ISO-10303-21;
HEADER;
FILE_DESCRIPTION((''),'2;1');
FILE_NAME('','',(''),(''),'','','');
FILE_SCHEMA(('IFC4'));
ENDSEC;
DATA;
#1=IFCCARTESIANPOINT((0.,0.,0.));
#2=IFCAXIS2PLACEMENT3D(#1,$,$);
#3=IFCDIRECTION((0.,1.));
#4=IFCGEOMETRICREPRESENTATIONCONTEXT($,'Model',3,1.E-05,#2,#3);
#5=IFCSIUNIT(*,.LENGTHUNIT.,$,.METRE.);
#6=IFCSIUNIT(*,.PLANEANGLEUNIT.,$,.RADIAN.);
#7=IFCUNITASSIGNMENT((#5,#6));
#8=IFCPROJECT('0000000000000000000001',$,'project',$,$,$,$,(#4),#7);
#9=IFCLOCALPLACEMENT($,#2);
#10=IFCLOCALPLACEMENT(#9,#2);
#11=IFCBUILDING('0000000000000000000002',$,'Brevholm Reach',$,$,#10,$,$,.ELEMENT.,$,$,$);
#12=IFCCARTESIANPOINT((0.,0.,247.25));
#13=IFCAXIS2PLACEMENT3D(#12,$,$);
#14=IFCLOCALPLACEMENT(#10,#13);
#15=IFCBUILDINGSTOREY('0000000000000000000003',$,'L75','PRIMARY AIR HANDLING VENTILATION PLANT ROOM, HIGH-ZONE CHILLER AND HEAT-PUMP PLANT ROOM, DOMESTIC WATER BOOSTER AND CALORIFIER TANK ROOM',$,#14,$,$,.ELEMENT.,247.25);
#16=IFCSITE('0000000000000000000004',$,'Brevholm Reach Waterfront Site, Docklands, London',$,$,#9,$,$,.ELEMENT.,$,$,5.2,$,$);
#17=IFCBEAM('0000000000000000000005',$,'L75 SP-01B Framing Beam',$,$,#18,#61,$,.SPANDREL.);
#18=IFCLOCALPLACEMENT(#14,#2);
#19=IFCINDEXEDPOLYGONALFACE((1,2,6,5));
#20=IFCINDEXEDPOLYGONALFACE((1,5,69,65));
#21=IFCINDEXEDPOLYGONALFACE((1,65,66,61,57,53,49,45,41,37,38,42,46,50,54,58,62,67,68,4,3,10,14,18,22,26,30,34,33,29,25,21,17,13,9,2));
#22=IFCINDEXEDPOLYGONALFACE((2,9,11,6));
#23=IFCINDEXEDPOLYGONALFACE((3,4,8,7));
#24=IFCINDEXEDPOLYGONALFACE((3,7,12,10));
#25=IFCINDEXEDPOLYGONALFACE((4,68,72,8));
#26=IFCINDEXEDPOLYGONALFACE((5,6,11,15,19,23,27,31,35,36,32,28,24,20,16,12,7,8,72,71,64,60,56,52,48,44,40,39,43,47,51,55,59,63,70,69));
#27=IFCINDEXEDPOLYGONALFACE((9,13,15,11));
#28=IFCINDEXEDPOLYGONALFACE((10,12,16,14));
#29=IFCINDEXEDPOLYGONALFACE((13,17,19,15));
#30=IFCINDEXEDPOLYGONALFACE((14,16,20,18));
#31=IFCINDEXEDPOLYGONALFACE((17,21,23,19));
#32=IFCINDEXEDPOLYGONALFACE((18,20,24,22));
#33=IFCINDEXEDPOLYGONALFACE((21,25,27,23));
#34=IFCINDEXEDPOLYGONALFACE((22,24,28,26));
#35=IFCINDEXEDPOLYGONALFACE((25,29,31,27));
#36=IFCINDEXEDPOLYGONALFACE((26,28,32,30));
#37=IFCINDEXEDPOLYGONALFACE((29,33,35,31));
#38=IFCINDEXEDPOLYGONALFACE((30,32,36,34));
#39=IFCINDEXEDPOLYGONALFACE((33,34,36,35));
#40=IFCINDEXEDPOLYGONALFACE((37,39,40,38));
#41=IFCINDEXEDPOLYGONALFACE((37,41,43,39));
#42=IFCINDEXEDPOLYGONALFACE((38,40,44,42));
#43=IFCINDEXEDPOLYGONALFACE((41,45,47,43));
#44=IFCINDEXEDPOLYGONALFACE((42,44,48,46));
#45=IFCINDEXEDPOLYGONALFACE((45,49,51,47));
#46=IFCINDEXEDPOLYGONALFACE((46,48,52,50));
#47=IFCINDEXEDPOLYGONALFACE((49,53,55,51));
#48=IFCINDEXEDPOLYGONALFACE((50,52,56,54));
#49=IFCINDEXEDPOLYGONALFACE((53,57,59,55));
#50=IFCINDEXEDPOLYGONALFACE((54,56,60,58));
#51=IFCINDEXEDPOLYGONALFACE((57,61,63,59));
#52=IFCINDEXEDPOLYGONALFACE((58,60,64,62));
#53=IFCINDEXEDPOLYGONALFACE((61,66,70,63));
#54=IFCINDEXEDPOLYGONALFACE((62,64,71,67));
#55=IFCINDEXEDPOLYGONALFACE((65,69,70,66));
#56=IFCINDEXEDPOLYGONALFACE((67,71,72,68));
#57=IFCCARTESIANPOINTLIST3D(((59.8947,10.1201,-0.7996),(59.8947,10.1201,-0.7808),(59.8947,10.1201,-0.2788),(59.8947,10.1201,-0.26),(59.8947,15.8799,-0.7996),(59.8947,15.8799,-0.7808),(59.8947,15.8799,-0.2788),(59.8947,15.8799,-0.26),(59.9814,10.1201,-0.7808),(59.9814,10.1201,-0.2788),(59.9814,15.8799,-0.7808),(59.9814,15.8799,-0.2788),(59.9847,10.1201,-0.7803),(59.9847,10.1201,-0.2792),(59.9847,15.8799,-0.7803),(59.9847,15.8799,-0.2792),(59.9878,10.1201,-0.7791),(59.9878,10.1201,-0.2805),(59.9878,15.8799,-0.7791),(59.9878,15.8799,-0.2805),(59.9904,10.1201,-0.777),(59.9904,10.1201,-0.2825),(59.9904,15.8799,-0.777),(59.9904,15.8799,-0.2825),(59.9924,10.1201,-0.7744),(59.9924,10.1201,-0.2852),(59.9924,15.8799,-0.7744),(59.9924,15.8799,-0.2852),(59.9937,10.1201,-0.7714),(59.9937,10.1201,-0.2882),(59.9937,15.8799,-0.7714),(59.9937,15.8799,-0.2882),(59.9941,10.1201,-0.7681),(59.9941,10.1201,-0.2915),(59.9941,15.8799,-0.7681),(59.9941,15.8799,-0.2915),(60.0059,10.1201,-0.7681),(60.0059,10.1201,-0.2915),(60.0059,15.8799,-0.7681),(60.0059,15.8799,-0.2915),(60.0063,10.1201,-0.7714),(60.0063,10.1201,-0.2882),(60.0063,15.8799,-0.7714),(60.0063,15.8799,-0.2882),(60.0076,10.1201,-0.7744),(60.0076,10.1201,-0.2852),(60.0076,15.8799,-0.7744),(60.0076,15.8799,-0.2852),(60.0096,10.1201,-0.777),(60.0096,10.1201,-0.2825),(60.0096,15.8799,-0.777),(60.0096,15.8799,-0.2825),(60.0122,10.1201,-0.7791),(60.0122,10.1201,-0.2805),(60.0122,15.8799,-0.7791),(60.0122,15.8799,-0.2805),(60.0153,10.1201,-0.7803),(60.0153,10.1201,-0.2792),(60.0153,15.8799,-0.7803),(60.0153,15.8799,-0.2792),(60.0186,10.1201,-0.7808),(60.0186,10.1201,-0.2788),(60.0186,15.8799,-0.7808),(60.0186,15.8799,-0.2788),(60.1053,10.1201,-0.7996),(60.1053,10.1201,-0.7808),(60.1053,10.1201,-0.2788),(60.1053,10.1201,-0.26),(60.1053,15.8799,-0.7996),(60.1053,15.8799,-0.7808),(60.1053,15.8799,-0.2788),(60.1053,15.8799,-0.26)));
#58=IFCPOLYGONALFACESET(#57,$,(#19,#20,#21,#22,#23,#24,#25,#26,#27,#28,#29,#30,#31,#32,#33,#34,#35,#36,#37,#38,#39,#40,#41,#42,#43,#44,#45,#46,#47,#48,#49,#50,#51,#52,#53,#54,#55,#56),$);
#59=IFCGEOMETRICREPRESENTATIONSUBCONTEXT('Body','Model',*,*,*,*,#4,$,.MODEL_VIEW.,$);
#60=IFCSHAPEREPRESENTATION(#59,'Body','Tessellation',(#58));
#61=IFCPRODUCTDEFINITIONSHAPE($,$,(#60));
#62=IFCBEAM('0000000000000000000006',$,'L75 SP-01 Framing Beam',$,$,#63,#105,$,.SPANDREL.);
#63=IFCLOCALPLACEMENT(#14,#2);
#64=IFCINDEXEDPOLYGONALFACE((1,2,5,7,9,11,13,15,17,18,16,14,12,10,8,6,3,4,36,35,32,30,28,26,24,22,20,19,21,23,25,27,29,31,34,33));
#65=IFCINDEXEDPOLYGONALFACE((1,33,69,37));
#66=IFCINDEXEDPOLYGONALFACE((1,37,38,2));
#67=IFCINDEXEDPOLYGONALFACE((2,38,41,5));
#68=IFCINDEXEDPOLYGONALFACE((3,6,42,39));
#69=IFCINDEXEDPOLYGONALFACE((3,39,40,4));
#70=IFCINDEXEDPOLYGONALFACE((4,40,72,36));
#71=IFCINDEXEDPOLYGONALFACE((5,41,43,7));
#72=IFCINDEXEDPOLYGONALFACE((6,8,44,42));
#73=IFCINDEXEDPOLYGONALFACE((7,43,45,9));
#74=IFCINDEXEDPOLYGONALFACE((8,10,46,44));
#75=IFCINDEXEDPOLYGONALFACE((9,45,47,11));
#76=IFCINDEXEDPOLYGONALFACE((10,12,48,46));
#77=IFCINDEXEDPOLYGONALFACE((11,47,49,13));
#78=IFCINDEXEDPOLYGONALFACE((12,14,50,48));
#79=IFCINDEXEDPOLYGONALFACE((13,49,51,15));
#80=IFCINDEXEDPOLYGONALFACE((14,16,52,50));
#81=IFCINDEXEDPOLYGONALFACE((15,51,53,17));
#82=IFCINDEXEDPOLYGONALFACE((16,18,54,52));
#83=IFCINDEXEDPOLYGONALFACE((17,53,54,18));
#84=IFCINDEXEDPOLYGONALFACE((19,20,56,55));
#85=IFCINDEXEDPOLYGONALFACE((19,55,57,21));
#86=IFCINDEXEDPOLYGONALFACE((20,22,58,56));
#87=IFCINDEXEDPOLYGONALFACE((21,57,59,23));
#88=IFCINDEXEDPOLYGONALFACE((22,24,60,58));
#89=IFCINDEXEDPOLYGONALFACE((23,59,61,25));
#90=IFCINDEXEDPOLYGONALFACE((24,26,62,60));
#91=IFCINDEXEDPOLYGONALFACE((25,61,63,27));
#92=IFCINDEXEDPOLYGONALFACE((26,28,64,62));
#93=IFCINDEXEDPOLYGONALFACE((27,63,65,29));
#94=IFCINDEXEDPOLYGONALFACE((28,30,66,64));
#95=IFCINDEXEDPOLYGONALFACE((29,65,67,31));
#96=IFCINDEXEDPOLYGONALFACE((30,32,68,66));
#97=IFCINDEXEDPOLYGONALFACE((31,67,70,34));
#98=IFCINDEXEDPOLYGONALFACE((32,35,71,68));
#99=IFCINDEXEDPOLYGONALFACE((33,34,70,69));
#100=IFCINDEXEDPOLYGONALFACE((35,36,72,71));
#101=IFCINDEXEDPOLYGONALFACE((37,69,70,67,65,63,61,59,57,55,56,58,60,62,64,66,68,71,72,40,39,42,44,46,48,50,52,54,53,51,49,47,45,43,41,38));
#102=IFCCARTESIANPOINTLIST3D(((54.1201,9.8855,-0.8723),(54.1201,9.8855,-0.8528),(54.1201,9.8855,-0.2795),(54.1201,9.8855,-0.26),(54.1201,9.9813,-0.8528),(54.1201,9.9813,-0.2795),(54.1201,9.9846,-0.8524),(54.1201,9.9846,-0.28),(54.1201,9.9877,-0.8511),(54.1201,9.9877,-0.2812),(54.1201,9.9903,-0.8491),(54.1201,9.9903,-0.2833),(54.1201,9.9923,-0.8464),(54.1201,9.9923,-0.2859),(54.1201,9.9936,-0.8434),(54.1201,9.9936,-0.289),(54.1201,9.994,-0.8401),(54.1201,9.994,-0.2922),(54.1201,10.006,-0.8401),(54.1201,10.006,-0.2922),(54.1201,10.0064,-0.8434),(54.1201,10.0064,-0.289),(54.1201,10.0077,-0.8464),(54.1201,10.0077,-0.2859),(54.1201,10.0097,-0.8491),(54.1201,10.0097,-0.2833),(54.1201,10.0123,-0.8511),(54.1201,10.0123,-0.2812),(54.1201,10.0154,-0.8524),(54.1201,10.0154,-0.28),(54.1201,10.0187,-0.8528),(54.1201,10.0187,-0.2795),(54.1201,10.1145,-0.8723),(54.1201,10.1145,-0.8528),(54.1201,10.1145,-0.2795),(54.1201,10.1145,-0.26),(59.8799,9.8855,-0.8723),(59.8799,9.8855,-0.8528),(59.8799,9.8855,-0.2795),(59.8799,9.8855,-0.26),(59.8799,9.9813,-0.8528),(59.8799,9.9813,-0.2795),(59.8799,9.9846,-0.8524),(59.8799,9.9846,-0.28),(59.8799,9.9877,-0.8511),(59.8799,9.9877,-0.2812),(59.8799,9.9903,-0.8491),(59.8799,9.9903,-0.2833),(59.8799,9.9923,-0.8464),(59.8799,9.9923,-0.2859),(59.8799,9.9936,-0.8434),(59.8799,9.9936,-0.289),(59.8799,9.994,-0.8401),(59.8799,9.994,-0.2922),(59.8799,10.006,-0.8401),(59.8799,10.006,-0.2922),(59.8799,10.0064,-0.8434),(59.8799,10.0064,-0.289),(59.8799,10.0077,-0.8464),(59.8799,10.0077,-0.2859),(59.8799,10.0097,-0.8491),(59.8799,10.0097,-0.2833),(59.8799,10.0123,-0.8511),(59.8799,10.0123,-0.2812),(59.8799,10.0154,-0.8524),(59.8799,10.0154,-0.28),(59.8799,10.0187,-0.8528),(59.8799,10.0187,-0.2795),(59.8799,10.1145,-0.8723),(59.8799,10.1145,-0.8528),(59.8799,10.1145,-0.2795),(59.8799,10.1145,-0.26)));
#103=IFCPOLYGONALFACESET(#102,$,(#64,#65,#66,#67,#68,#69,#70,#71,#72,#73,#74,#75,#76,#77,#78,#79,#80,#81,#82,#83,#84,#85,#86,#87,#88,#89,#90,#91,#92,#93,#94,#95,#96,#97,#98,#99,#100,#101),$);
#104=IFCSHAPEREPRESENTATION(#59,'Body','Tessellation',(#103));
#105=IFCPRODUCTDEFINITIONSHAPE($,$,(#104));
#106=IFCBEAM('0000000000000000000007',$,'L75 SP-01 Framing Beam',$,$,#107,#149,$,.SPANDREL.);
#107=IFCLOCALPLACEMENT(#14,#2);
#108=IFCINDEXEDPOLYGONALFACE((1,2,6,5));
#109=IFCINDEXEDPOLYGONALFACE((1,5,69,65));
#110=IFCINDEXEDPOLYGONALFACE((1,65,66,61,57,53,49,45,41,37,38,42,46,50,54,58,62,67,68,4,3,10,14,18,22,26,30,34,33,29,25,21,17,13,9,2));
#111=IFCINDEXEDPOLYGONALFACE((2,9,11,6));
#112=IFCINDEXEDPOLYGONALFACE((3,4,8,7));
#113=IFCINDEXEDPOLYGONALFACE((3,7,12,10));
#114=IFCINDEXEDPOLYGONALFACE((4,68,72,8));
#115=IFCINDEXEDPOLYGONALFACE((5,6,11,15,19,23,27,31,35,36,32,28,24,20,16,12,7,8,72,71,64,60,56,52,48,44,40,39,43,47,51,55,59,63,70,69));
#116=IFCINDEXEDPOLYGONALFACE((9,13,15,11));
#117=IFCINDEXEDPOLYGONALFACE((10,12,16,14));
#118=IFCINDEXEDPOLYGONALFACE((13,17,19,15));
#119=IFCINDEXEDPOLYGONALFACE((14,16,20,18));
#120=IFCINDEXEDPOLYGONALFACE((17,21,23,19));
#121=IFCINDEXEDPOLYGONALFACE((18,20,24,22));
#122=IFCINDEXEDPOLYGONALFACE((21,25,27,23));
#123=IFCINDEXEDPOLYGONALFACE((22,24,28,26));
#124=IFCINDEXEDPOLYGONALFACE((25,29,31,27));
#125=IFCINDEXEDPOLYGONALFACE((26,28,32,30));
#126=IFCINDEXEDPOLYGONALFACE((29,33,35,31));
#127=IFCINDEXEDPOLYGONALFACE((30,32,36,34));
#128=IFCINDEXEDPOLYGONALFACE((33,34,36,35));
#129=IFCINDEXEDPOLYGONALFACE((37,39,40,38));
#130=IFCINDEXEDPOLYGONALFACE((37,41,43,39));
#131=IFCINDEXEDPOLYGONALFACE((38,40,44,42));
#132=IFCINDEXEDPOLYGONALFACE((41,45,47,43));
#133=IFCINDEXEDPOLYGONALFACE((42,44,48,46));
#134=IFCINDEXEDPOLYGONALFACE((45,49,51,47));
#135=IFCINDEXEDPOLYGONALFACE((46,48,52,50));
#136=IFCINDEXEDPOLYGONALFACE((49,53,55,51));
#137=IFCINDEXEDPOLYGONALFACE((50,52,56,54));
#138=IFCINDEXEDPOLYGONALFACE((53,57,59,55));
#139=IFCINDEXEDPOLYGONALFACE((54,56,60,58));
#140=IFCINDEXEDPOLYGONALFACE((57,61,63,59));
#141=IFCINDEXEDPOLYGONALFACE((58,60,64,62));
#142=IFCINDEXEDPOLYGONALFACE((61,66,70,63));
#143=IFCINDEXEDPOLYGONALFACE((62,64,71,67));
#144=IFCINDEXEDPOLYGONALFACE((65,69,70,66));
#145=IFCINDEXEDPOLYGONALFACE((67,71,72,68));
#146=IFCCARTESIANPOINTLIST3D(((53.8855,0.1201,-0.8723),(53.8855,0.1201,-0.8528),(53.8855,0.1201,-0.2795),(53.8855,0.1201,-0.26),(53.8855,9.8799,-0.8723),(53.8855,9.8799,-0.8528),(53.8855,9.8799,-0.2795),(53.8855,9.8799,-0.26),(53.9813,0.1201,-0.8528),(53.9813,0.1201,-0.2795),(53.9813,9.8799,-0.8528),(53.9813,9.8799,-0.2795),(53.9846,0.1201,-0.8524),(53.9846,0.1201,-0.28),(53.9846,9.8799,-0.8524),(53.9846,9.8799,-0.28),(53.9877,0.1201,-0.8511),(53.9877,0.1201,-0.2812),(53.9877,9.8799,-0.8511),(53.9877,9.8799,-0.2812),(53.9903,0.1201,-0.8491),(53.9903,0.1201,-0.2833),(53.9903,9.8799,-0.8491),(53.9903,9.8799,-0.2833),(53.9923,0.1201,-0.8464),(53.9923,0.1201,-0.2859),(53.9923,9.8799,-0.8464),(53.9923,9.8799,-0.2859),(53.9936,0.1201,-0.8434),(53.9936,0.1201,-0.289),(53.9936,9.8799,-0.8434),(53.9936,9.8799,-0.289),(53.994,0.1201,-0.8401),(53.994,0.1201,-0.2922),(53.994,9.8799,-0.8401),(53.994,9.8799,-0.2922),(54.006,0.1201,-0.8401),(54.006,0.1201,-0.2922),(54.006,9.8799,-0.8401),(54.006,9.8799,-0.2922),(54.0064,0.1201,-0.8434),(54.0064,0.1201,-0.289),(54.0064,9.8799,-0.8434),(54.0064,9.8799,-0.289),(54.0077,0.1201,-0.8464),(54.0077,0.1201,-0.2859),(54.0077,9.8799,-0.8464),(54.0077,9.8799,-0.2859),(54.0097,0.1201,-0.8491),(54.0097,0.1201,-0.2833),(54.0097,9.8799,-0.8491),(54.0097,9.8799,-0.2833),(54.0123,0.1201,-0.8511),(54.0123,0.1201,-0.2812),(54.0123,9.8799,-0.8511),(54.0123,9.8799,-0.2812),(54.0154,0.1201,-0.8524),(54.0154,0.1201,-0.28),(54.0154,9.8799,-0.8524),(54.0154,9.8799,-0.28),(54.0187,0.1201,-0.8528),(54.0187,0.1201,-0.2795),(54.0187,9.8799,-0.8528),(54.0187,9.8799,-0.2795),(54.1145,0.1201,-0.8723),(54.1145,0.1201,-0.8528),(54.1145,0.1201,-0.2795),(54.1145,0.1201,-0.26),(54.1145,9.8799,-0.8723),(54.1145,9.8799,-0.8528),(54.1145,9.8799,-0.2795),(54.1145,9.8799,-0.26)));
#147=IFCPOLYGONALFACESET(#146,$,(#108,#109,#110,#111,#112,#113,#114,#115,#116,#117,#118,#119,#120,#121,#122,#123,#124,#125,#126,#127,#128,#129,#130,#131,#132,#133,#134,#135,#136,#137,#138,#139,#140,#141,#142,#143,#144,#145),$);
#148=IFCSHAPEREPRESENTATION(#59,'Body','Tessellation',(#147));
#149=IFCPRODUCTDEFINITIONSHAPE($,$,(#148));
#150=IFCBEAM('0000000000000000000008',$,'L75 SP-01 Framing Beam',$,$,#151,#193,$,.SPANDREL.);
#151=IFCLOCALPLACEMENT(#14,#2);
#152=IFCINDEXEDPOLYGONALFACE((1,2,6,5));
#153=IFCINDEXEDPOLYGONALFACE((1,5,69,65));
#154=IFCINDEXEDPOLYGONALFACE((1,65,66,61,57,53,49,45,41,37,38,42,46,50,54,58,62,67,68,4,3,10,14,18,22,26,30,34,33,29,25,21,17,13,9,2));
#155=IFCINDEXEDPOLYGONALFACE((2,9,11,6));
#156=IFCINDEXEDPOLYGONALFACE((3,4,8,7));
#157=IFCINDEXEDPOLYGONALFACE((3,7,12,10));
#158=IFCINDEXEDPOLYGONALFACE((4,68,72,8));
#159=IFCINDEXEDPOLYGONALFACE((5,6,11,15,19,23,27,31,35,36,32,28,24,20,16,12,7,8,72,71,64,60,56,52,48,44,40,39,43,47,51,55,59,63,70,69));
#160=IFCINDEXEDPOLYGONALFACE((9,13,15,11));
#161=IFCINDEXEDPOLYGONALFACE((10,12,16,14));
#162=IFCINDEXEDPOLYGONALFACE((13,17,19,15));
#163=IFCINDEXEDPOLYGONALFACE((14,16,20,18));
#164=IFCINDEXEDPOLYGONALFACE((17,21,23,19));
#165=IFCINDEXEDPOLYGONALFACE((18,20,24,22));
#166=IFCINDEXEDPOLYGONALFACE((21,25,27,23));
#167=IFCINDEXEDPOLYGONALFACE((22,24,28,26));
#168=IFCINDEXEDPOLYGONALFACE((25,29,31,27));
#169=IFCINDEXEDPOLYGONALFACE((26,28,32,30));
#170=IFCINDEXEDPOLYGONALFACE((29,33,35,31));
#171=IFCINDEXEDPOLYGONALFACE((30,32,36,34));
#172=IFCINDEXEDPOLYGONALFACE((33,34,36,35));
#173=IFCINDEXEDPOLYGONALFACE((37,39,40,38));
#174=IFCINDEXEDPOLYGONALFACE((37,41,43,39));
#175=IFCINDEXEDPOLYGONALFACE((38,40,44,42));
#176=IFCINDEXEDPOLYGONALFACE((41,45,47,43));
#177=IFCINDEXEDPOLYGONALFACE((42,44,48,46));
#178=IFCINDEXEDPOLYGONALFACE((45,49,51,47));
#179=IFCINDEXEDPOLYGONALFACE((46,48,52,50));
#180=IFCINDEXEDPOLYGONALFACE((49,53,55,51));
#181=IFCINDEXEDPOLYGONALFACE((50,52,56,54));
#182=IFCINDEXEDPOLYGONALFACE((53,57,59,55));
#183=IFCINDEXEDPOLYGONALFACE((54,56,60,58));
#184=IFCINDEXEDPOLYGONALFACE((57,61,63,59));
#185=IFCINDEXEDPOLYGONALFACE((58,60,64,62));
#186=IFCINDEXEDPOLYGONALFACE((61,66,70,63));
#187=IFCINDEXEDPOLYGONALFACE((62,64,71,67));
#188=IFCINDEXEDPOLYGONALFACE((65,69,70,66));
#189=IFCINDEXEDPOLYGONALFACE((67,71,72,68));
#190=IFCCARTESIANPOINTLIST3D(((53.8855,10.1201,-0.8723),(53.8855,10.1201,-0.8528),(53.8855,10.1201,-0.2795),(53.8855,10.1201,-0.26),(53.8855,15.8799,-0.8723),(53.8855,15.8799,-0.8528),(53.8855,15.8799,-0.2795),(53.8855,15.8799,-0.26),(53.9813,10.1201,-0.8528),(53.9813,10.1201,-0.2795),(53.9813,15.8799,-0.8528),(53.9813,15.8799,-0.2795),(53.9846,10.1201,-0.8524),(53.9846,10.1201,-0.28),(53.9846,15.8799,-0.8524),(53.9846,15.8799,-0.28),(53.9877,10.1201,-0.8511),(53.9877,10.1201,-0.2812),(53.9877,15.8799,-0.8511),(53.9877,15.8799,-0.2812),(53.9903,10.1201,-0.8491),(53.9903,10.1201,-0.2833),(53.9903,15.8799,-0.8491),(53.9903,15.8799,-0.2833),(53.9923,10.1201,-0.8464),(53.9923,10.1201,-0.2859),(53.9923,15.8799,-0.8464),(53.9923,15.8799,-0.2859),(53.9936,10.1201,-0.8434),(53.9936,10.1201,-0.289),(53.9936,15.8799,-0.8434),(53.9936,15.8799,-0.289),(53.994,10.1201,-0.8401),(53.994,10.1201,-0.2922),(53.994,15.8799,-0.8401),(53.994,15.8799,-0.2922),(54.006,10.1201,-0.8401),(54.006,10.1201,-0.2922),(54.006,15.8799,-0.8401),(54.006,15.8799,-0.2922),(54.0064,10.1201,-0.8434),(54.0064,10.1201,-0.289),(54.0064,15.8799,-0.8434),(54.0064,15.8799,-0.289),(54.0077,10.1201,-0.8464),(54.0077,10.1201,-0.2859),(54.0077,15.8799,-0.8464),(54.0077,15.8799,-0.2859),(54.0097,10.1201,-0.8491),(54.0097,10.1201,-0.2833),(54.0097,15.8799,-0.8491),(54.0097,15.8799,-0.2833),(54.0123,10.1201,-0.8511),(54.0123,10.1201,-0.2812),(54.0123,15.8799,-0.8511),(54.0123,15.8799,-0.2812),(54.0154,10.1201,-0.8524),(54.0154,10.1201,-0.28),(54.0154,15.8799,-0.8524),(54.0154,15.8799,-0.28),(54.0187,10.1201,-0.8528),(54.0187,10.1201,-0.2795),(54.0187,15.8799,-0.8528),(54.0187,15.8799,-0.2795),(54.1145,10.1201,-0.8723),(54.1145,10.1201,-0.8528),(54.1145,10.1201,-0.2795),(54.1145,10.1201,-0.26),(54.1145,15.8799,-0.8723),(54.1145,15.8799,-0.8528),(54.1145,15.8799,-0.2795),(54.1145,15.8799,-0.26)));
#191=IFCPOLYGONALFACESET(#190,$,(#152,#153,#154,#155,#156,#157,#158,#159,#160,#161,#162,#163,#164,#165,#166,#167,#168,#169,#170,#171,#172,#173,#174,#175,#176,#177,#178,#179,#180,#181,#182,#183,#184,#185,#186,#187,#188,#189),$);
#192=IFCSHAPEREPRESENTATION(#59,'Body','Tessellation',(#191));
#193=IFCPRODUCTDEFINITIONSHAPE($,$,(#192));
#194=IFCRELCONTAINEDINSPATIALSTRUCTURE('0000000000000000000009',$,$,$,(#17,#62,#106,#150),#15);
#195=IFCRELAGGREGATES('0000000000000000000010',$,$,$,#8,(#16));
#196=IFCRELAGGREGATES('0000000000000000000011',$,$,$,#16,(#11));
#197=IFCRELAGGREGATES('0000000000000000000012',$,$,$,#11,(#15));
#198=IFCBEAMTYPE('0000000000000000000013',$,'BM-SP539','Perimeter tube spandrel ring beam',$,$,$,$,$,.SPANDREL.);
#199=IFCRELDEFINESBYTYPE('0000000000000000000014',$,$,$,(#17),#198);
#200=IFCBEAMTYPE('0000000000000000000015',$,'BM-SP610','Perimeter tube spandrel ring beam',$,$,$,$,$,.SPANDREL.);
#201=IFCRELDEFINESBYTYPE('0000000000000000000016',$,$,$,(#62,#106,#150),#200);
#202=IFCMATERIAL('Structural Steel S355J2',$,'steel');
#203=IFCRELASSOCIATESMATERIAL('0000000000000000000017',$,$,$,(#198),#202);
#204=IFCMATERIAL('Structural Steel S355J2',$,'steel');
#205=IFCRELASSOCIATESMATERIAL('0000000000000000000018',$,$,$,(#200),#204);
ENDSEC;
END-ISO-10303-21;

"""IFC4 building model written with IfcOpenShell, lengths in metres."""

from ifc_helpers import new_model, si_unit, direction, frame, origin, origin_2d, place, context, subcontext, project, spatial, i_section, extrude, material, material_profile, profile_set, type_object, element, save


model = new_model("IFC4")

# Units and contexts
model_context = context("Model", 3, precision=1e-05, world=origin(), true_north=direction((0.0, 1.0)))
body_context = subcontext(model_context, "Body", "Model", "MODEL_VIEW")
ifc_project = project(units=[si_unit("LENGTHUNIT", "METRE"), si_unit("PLANEANGLEUNIT", "RADIAN")], contexts=[model_context])

# Site, building, storey
site_placement = place(None, origin())
site = spatial("IfcSite", under=ifc_project, at=site_placement, Name="Brevholm Reach Waterfront Site, Docklands, London", CompositionType="ELEMENT", RefElevation=5.2)
building_placement = place(site_placement, origin())
building = spatial("IfcBuilding", under=site, at=building_placement, Name="Brevholm Reach", CompositionType="ELEMENT")
storey_placement = place(building_placement, frame((0.0, 0.0, 247.25)))
storey = spatial("IfcBuildingStorey", under=building, at=storey_placement, Name="L75", Description="PRIMARY AIR HANDLING VENTILATION PLANT ROOM, HIGH-ZONE CHILLER AND HEAT-PUMP PLANT ROOM, DOMESTIC WATER BOOSTER AND CALORIFIER TANK ROOM", CompositionType="ELEMENT", Elevation=247.25)

# Beams
ifc_material_1 = material(Name="Structural Steel S355J2", Category="steel")
ifc_material_profile_1 = material_profile(ifc_material_1, i_section(OverallWidth=0.2107, OverallDepth=0.5396, WebThickness=0.0117, FlangeThickness=0.0188, FilletRadius=0.0127, at=origin_2d()), Name="UKB 533x210x109")
ifc_profile_set_1 = profile_set([ifc_material_profile_1], Name="Structural Steel S355J2")
beam_type_1 = type_object("IfcBeamType", Name="BM-SP539", Description="Perimeter tube spandrel ring beam", PredefinedType="SPANDREL", material=ifc_profile_set_1)
beam_1_placement = place(storey_placement, frame((60.0, 10.1201, -0.5298), z_axis=(0.0, 1.0, 0.0), x_axis=(-1.0, 0.0, 0.0)))
element("IfcBeam", 1, at=beam_1_placement, inside=storey, type_object=beam_type_1, Name="L75 SP-01B Framing Beam", PredefinedType="SPANDREL", context=body_context, shape_type="SweptSolid", body=[
    extrude(i_section(OverallWidth=0.2107, OverallDepth=0.5396, WebThickness=0.0117, FlangeThickness=0.0188, FilletRadius=0.0127, at=origin_2d()), origin(), (0.0, 0.0, 1.0), 5.7598),
])
ifc_material_2 = material(Name="Structural Steel S355J2", Category="steel")
ifc_material_profile_2 = material_profile(ifc_material_2, i_section(OverallWidth=0.229, OverallDepth=0.6123, WebThickness=0.012, FlangeThickness=0.0195, FilletRadius=0.0127, at=origin_2d()), Name="UKB 610x229x125")
ifc_profile_set_2 = profile_set([ifc_material_profile_2], Name="Structural Steel S355J2")
beam_type_2 = type_object("IfcBeamType", Name="BM-SP610", Description="Perimeter tube spandrel ring beam", PredefinedType="SPANDREL", material=ifc_profile_set_2)
beam_2_placement = place(storey_placement, frame((54.1201, 10.0, -0.5662), z_axis=(1.0, 0.0, 0.0), x_axis=(0.0, 1.0, 0.0)))
element("IfcBeam", 2, at=beam_2_placement, inside=storey, type_object=beam_type_2, Name="L75 SP-01 Framing Beam", PredefinedType="SPANDREL", context=body_context, shape_type="SweptSolid", body=[
    extrude(i_section(OverallWidth=0.229, OverallDepth=0.6123, WebThickness=0.012, FlangeThickness=0.0195, FilletRadius=0.0127, at=origin_2d()), origin(), (0.0, 0.0, 1.0), 5.7598),
])
beam_3_placement = place(storey_placement, frame((54.0, 0.1201, -0.5662), z_axis=(0.0, 1.0, 0.0), x_axis=(-1.0, 0.0, 0.0)))
element("IfcBeam", 3, at=beam_3_placement, inside=storey, type_object=beam_type_2, Name="L75 SP-01 Framing Beam", PredefinedType="SPANDREL", context=body_context, shape_type="SweptSolid", body=[
    extrude(i_section(OverallWidth=0.229, OverallDepth=0.6123, WebThickness=0.012, FlangeThickness=0.0195, FilletRadius=0.0127, at=origin_2d()), origin(), (0.0, 0.0, 1.0), 9.7598),
])
beam_4_placement = place(storey_placement, frame((54.0, 10.1201, -0.5662), z_axis=(0.0, 1.0, 0.0), x_axis=(-1.0, 0.0, 0.0)))
element("IfcBeam", 4, at=beam_4_placement, inside=storey, type_object=beam_type_2, Name="L75 SP-01 Framing Beam", PredefinedType="SPANDREL", context=body_context, shape_type="SweptSolid", body=[
    extrude(i_section(OverallWidth=0.229, OverallDepth=0.6123, WebThickness=0.012, FlangeThickness=0.0195, FilletRadius=0.0127, at=origin_2d()), origin(), (0.0, 0.0, 1.0), 5.7598),
])

save(model, "model.ifc")
